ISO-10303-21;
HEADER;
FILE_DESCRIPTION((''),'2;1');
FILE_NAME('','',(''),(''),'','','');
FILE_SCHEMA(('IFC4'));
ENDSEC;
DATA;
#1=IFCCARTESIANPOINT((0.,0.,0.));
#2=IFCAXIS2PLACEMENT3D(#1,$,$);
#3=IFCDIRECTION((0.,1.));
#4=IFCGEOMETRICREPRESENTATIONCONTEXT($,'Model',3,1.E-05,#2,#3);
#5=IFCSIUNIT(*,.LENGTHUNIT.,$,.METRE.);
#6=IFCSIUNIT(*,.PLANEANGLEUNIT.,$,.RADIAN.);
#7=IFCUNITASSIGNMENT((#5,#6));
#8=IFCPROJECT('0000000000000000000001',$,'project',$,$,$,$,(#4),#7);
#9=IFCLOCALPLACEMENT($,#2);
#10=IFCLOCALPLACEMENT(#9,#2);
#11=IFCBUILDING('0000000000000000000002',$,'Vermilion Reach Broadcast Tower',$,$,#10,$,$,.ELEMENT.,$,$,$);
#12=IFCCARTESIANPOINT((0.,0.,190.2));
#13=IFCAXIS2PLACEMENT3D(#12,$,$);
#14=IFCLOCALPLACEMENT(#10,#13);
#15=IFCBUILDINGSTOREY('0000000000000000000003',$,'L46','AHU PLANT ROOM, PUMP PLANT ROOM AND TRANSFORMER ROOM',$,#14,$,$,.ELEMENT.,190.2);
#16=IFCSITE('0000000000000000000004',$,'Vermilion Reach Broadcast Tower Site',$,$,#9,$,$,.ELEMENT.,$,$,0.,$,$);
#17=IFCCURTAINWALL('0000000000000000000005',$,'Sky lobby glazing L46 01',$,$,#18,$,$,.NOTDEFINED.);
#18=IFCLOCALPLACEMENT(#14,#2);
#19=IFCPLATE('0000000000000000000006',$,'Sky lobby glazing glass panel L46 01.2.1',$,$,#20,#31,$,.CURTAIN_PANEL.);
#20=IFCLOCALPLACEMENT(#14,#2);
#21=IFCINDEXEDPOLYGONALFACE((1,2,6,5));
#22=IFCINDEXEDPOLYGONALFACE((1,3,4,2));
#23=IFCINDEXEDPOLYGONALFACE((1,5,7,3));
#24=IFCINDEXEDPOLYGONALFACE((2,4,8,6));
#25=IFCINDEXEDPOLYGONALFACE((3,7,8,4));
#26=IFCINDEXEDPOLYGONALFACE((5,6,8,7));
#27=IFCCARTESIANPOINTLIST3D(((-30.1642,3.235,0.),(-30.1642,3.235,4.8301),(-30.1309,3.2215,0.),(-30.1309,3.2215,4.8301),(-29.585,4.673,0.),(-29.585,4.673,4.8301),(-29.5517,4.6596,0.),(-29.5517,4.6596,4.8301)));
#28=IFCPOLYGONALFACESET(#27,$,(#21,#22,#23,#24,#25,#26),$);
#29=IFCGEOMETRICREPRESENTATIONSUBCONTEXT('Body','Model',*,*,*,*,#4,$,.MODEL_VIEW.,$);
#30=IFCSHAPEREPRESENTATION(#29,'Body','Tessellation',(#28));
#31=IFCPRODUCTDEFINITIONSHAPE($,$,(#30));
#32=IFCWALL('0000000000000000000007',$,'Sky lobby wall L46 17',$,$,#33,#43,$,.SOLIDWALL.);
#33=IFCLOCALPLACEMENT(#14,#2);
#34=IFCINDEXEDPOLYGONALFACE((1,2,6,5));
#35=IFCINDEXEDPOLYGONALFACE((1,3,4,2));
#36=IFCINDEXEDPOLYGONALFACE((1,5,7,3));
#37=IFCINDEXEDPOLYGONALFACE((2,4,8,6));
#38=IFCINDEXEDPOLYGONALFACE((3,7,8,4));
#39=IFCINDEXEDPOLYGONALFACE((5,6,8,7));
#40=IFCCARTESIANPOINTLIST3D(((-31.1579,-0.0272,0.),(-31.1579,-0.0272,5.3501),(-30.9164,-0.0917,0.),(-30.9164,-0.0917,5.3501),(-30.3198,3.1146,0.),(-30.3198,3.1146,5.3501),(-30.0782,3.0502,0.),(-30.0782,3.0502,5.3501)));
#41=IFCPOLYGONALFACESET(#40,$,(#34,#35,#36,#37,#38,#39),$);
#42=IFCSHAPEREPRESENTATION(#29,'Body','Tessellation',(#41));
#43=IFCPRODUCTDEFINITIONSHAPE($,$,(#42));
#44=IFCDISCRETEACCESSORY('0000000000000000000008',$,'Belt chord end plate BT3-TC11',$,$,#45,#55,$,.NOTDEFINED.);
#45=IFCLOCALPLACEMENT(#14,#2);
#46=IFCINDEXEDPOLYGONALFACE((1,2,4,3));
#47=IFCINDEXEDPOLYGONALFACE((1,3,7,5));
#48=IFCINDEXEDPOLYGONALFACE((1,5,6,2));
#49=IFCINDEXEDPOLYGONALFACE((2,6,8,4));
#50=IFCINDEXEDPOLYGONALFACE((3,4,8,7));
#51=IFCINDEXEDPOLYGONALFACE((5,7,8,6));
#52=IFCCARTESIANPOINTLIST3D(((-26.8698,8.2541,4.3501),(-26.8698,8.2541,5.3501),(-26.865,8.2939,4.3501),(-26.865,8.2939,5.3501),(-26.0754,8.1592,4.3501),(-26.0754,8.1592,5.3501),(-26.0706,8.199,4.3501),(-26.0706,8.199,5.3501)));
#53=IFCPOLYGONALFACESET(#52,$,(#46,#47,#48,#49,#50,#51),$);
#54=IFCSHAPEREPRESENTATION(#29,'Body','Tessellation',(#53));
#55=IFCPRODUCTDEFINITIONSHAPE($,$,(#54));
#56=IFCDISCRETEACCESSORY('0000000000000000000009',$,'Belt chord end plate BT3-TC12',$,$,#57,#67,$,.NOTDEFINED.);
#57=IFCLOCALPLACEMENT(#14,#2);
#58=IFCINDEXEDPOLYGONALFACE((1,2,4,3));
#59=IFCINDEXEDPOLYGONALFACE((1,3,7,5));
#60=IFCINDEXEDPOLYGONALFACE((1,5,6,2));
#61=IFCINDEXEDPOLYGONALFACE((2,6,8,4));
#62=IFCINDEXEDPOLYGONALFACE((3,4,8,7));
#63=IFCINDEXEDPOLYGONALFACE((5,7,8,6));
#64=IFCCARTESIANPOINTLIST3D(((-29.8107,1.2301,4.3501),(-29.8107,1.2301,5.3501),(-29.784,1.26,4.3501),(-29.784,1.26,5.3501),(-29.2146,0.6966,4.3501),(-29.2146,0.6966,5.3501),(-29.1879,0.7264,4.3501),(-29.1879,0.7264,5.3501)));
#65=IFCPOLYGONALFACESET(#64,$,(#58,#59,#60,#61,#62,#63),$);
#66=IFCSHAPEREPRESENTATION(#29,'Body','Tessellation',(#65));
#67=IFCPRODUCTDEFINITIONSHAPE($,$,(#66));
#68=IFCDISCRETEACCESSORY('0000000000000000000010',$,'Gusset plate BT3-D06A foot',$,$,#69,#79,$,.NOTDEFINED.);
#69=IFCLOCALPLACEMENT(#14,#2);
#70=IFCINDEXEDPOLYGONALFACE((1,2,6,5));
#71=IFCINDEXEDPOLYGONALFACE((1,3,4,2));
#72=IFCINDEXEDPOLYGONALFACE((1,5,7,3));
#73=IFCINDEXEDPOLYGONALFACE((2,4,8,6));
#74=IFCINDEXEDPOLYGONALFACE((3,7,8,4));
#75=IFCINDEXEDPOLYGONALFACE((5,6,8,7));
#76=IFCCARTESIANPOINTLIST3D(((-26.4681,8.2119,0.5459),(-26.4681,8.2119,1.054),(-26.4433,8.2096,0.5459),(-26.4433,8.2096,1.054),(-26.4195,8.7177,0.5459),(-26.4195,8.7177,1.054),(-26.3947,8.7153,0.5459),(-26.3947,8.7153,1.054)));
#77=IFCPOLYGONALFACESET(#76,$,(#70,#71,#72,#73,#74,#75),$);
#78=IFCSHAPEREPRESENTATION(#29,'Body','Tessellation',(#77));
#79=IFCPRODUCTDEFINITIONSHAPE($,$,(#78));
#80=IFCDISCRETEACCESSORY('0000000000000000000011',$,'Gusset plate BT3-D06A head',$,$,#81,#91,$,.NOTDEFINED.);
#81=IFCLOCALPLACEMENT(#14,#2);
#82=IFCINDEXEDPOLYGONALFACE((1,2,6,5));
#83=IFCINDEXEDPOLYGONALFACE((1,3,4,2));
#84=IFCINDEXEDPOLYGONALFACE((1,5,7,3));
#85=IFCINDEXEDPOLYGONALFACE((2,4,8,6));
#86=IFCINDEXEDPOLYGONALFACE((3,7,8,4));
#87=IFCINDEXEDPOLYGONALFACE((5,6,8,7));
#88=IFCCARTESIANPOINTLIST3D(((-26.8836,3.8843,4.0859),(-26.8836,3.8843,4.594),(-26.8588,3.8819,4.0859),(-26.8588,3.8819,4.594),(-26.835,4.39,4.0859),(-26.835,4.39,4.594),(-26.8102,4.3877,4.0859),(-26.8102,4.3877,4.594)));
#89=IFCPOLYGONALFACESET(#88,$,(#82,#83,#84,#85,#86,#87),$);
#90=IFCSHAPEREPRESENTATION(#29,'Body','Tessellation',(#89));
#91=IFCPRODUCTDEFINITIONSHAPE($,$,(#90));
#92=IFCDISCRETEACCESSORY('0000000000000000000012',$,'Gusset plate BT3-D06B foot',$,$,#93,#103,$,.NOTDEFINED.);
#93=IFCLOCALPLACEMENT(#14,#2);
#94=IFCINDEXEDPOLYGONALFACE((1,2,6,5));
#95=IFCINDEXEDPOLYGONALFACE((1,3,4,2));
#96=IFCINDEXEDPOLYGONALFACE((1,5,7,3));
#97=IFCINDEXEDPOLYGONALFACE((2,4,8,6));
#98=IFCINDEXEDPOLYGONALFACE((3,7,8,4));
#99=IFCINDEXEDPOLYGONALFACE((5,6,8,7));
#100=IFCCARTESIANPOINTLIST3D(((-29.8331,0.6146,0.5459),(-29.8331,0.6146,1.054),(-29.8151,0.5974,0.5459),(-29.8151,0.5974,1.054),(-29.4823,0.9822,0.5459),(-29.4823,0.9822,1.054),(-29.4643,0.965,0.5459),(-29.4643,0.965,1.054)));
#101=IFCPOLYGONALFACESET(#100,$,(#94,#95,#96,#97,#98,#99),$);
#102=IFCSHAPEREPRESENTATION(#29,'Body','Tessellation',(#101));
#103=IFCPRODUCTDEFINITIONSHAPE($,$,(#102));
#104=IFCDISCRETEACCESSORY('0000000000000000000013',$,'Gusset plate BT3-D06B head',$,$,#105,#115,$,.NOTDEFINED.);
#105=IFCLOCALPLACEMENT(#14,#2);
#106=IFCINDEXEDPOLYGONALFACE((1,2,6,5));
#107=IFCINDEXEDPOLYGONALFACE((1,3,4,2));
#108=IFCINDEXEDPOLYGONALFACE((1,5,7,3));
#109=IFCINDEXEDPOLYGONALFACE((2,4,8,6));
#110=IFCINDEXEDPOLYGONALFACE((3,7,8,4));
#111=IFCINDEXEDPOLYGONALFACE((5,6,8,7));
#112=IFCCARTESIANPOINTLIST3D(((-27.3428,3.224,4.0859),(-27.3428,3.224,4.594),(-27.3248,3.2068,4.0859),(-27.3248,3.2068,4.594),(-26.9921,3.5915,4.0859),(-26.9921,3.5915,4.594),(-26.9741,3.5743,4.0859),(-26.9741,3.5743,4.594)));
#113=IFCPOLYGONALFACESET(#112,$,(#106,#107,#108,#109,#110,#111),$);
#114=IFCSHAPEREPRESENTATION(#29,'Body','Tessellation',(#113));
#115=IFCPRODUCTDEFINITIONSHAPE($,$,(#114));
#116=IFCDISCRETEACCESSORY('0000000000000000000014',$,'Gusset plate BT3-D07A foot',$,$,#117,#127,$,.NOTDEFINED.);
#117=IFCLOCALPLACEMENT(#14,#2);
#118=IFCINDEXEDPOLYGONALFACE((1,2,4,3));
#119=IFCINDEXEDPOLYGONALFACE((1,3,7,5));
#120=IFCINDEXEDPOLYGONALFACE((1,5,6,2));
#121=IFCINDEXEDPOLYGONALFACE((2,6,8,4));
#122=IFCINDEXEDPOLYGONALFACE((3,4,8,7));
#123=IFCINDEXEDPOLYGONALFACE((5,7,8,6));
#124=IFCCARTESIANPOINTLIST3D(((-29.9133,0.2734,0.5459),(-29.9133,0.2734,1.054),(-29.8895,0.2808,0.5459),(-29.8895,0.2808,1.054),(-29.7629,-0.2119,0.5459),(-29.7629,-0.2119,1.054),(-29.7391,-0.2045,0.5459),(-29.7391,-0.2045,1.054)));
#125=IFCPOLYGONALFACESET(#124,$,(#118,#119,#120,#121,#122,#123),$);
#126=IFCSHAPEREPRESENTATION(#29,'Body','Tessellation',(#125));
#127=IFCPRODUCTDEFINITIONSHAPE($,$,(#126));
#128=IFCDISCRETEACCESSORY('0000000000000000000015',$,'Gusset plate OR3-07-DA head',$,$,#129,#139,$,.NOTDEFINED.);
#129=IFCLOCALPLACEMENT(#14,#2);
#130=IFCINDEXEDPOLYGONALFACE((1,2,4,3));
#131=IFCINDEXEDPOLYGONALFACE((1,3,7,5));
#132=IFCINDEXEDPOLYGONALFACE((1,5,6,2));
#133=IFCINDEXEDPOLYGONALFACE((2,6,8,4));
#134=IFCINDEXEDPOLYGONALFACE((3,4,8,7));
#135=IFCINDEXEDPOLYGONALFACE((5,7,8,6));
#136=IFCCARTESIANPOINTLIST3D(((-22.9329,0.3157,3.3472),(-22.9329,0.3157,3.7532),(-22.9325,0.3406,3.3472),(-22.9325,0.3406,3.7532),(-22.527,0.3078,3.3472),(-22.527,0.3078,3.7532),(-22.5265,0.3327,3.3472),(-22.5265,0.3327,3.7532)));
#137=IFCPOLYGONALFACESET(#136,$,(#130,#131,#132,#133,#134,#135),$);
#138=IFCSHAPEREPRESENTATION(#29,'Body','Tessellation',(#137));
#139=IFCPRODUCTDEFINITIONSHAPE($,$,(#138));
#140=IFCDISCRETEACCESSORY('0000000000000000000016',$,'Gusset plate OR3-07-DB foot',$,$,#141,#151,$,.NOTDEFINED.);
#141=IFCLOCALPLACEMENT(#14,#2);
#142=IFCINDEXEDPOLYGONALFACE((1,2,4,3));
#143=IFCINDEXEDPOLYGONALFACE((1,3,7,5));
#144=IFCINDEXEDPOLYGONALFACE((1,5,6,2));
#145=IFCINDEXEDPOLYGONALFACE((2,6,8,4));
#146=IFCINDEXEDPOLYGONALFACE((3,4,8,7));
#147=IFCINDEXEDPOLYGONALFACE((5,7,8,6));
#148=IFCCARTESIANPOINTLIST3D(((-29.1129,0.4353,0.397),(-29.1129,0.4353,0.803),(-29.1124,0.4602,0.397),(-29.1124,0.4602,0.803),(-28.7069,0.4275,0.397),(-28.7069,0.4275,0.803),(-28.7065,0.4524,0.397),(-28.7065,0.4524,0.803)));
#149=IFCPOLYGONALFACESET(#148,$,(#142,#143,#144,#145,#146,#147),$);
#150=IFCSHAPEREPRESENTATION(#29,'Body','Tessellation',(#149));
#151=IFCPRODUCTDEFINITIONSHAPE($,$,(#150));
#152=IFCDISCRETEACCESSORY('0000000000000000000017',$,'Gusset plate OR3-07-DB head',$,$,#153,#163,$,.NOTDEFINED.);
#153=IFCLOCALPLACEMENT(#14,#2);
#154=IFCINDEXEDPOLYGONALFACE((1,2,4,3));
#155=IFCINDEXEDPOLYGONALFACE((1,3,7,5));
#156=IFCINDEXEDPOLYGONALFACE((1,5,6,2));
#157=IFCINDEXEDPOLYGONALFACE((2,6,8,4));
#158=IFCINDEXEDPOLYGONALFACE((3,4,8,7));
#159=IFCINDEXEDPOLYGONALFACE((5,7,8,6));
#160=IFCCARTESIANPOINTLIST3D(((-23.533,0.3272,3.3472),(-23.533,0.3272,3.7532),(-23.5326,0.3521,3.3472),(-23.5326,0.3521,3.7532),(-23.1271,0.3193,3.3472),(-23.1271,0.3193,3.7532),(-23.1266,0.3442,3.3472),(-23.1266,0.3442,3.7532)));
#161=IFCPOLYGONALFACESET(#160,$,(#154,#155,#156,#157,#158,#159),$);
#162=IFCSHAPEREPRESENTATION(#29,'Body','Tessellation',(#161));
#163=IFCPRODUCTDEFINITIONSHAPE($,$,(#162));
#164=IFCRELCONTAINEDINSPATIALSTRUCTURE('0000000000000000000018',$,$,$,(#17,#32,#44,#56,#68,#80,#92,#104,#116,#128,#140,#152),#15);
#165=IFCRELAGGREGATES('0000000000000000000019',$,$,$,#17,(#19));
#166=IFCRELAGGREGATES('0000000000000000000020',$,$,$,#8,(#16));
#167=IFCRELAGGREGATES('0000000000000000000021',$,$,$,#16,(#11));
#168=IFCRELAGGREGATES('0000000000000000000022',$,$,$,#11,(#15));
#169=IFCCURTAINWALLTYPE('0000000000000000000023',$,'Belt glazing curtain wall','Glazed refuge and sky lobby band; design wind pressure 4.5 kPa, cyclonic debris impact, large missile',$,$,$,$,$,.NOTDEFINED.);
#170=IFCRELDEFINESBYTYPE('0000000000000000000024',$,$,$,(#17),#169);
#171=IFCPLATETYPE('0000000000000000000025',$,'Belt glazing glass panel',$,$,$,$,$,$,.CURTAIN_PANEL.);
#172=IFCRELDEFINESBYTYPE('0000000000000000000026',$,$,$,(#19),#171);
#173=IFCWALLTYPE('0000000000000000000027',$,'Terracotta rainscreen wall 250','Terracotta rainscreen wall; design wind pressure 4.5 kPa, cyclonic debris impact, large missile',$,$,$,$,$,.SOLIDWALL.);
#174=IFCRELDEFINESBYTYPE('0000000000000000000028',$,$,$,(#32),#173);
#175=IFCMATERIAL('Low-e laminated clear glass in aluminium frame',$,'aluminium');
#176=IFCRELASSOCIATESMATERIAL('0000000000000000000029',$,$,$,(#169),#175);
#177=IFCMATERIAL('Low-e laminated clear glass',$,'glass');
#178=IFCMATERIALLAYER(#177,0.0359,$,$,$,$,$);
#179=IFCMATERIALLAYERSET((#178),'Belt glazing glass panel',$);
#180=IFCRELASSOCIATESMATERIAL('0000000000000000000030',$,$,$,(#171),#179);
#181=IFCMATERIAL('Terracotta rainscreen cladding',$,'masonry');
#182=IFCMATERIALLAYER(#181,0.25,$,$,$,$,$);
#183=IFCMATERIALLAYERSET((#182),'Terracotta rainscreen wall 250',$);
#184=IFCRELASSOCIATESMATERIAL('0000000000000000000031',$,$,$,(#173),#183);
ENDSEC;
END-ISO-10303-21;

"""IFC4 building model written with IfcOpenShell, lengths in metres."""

from ifc_helpers import new_model, si_unit, direction, frame, frame_2d, origin, origin_2d, place, context, subcontext, project, spatial, rectangle, extrude, material, layer, layer_set, type_object, element, aggregate, save


model = new_model("IFC4")

# Units and contexts
model_context = context("Model", 3, precision=1e-05, world=origin(), true_north=direction((0.0, 1.0)))
body_context = subcontext(model_context, "Body", "Model", "MODEL_VIEW")
ifc_project = project(units=[si_unit("LENGTHUNIT", "METRE"), si_unit("PLANEANGLEUNIT", "RADIAN")], contexts=[model_context])

# Site, building, storey
site_placement = place(None, origin())
site = spatial("IfcSite", under=ifc_project, at=site_placement, Name="Vermilion Reach Broadcast Tower Site", CompositionType="ELEMENT", RefElevation=0.0)
building_placement = place(site_placement, origin())
building = spatial("IfcBuilding", under=site, at=building_placement, Name="Vermilion Reach Broadcast Tower", CompositionType="ELEMENT")
storey_placement = place(building_placement, frame((0.0, 0.0, 190.2)))
storey = spatial("IfcBuildingStorey", under=building, at=storey_placement, Name="L46", Description="AHU PLANT ROOM, PUMP PLANT ROOM AND TRANSFORMER ROOM", CompositionType="ELEMENT", Elevation=190.2)

# Curtain wall
ifc_material_1 = material(Name="Low-e laminated clear glass in aluminium frame", Category="aluminium")
curtain_wall_type = type_object("IfcCurtainWallType", Name="Belt glazing curtain wall", Description="Glazed refuge and sky lobby band; design wind pressure 4.5 kPa, cyclonic debris impact, large missile", PredefinedType="NOTDEFINED", material=ifc_material_1)
curtain_wall_placement = place(storey_placement, origin())
curtain_wall = element("IfcCurtainWall", 1, at=curtain_wall_placement, inside=storey, type_object=curtain_wall_type, Name="Sky lobby glazing L46 01", PredefinedType="NOTDEFINED")

# Plate
ifc_material_2 = material(Name="Low-e laminated clear glass", Category="glass")
ifc_layer_1 = layer(ifc_material_2, 0.0359)
ifc_layer_set_1 = layer_set([ifc_layer_1], Name="Belt glazing glass panel")
plate_type = type_object("IfcPlateType", Name="Belt glazing glass panel", PredefinedType="CURTAIN_PANEL", material=ifc_layer_set_1)
plate_1_placement = place(storey_placement, frame((-29.8579, 3.9473, 0.0), z_axis=(0.0, 0.0, 1.0), x_axis=(-0.373605, -0.927588, 0.0)))
plate_1 = element("IfcPlate", 2, at=plate_1_placement, type_object=plate_type, Name="Sky lobby glazing glass panel L46 01.2.1", PredefinedType="CURTAIN_PANEL", context=body_context, shape_type="SweptSolid", body=[
    extrude(rectangle(XDim=1.5503, YDim=0.0359, at=origin_2d()), origin(), (0.0, 0.0, 1.0), 4.8301),
])
aggregate(curtain_wall, [plate_1])

# Wall
ifc_material_3 = material(Name="Terracotta rainscreen cladding", Category="masonry")
ifc_layer_2 = layer(ifc_material_3, 0.25)
ifc_layer_set_2 = layer_set([ifc_layer_2], Name="Terracotta rainscreen wall 250")
wall_type = type_object("IfcWallType", Name="Terracotta rainscreen wall 250", Description="Terracotta rainscreen wall; design wind pressure 4.5 kPa, cyclonic debris impact, large missile", PredefinedType="SOLIDWALL", material=ifc_layer_set_2)
wall_placement = place(storey_placement, frame((-30.199, 3.0825, 0.0), z_axis=(0.0, 0.0, 1.0), x_axis=(-0.257751, -0.966211, 0.0)))
element("IfcWall", 3, at=wall_placement, inside=storey, type_object=wall_type, Name="Sky lobby wall L46 17", PredefinedType="SOLIDWALL", context=body_context, shape_type="SweptSolid", body=[
    extrude(rectangle(XDim=3.2517, YDim=0.25, at=frame_2d((1.626, 0.0))), origin(), (0.0, 0.0, 1.0), 5.3501),
])

# Discrete accessories
for number, where, z_axis, x_axis, name in (
    (4, (-26.4702, 8.2266, 4.3501), (0.0, 0.0, 1.0), (0.11859, 0.992943, 0.0), "Belt chord end plate BT3-TC11"),
    (5, (-29.4993, 0.9783, 4.3501), (0.0, 0.0, 1.0), (-0.666938, -0.745113, 0.0), "Belt chord end plate BT3-TC12"),
):
    element("IfcDiscreteAccessory", number, at=place(storey_placement, frame(where, z_axis=z_axis, x_axis=x_axis)), inside=storey, Name=name, PredefinedType="NOTDEFINED", context=body_context, shape_type="SweptSolid", body=[
        extrude(rectangle(XDim=0.04, YDim=0.8, at=origin_2d()), origin(), (0.0, 0.0, 1.0), 1.0),
    ])
for number, where, z_axis, x_axis, name in (
    (6, (-26.4314, 8.4636, 0.5459), (0.0, 0.0, 1.0), (0.995421, -0.095593, 0.0), "Gusset plate BT3-D06A foot"),
    (7, (-26.8469, 4.136, 4.0859), (0.0, 0.0, 1.0), (0.995421, -0.095593, 0.0), "Gusset plate BT3-D06A head"),
    (8, (-29.6487, 0.7898, 0.5459), (0.0, 0.0, 1.0), (-0.723417, 0.690411, 0.0), "Gusset plate BT3-D06B foot"),
    (9, (-27.1584, 3.3992, 4.0859), (0.0, 0.0, 1.0), (-0.723417, 0.690411, 0.0), "Gusset plate BT3-D06B head"),
    (10, (-29.8262, 0.0344, 0.5459), (0.0, 0.0, 1.0), (0.955177, 0.296036, 0.0), "Gusset plate BT3-D07A foot"),
):
    element("IfcDiscreteAccessory", number, at=place(storey_placement, frame(where, z_axis=z_axis, x_axis=x_axis)), inside=storey, Name=name, PredefinedType="NOTDEFINED", context=body_context, shape_type="SweptSolid", body=[
        extrude(rectangle(XDim=0.0249, YDim=0.5081, at=origin_2d()), origin(), (0.0, 0.0, 1.0), 0.5081),
    ])
for number, where, z_axis, x_axis, name in (
    (11, (-22.7297, 0.3242, 3.3472), (0.0, 0.0, 1.0), (-0.019372, -0.999812, 0.0), "Gusset plate OR3-07-DA head"),
    (12, (-28.9097, 0.4438, 0.397), (0.0, 0.0, 1.0), (-0.019372, -0.999812, 0.0), "Gusset plate OR3-07-DB foot"),
    (13, (-23.3298, 0.3357, 3.3472), (0.0, 0.0, 1.0), (-0.019372, -0.999812, 0.0), "Gusset plate OR3-07-DB head"),
):
    element("IfcDiscreteAccessory", number, at=place(storey_placement, frame(where, z_axis=z_axis, x_axis=x_axis)), inside=storey, Name=name, PredefinedType="NOTDEFINED", context=body_context, shape_type="SweptSolid", body=[
        extrude(rectangle(XDim=0.0249, YDim=0.406, at=origin_2d()), origin(), (0.0, 0.0, 1.0), 0.406),
    ])

save(model, "model.ifc")
